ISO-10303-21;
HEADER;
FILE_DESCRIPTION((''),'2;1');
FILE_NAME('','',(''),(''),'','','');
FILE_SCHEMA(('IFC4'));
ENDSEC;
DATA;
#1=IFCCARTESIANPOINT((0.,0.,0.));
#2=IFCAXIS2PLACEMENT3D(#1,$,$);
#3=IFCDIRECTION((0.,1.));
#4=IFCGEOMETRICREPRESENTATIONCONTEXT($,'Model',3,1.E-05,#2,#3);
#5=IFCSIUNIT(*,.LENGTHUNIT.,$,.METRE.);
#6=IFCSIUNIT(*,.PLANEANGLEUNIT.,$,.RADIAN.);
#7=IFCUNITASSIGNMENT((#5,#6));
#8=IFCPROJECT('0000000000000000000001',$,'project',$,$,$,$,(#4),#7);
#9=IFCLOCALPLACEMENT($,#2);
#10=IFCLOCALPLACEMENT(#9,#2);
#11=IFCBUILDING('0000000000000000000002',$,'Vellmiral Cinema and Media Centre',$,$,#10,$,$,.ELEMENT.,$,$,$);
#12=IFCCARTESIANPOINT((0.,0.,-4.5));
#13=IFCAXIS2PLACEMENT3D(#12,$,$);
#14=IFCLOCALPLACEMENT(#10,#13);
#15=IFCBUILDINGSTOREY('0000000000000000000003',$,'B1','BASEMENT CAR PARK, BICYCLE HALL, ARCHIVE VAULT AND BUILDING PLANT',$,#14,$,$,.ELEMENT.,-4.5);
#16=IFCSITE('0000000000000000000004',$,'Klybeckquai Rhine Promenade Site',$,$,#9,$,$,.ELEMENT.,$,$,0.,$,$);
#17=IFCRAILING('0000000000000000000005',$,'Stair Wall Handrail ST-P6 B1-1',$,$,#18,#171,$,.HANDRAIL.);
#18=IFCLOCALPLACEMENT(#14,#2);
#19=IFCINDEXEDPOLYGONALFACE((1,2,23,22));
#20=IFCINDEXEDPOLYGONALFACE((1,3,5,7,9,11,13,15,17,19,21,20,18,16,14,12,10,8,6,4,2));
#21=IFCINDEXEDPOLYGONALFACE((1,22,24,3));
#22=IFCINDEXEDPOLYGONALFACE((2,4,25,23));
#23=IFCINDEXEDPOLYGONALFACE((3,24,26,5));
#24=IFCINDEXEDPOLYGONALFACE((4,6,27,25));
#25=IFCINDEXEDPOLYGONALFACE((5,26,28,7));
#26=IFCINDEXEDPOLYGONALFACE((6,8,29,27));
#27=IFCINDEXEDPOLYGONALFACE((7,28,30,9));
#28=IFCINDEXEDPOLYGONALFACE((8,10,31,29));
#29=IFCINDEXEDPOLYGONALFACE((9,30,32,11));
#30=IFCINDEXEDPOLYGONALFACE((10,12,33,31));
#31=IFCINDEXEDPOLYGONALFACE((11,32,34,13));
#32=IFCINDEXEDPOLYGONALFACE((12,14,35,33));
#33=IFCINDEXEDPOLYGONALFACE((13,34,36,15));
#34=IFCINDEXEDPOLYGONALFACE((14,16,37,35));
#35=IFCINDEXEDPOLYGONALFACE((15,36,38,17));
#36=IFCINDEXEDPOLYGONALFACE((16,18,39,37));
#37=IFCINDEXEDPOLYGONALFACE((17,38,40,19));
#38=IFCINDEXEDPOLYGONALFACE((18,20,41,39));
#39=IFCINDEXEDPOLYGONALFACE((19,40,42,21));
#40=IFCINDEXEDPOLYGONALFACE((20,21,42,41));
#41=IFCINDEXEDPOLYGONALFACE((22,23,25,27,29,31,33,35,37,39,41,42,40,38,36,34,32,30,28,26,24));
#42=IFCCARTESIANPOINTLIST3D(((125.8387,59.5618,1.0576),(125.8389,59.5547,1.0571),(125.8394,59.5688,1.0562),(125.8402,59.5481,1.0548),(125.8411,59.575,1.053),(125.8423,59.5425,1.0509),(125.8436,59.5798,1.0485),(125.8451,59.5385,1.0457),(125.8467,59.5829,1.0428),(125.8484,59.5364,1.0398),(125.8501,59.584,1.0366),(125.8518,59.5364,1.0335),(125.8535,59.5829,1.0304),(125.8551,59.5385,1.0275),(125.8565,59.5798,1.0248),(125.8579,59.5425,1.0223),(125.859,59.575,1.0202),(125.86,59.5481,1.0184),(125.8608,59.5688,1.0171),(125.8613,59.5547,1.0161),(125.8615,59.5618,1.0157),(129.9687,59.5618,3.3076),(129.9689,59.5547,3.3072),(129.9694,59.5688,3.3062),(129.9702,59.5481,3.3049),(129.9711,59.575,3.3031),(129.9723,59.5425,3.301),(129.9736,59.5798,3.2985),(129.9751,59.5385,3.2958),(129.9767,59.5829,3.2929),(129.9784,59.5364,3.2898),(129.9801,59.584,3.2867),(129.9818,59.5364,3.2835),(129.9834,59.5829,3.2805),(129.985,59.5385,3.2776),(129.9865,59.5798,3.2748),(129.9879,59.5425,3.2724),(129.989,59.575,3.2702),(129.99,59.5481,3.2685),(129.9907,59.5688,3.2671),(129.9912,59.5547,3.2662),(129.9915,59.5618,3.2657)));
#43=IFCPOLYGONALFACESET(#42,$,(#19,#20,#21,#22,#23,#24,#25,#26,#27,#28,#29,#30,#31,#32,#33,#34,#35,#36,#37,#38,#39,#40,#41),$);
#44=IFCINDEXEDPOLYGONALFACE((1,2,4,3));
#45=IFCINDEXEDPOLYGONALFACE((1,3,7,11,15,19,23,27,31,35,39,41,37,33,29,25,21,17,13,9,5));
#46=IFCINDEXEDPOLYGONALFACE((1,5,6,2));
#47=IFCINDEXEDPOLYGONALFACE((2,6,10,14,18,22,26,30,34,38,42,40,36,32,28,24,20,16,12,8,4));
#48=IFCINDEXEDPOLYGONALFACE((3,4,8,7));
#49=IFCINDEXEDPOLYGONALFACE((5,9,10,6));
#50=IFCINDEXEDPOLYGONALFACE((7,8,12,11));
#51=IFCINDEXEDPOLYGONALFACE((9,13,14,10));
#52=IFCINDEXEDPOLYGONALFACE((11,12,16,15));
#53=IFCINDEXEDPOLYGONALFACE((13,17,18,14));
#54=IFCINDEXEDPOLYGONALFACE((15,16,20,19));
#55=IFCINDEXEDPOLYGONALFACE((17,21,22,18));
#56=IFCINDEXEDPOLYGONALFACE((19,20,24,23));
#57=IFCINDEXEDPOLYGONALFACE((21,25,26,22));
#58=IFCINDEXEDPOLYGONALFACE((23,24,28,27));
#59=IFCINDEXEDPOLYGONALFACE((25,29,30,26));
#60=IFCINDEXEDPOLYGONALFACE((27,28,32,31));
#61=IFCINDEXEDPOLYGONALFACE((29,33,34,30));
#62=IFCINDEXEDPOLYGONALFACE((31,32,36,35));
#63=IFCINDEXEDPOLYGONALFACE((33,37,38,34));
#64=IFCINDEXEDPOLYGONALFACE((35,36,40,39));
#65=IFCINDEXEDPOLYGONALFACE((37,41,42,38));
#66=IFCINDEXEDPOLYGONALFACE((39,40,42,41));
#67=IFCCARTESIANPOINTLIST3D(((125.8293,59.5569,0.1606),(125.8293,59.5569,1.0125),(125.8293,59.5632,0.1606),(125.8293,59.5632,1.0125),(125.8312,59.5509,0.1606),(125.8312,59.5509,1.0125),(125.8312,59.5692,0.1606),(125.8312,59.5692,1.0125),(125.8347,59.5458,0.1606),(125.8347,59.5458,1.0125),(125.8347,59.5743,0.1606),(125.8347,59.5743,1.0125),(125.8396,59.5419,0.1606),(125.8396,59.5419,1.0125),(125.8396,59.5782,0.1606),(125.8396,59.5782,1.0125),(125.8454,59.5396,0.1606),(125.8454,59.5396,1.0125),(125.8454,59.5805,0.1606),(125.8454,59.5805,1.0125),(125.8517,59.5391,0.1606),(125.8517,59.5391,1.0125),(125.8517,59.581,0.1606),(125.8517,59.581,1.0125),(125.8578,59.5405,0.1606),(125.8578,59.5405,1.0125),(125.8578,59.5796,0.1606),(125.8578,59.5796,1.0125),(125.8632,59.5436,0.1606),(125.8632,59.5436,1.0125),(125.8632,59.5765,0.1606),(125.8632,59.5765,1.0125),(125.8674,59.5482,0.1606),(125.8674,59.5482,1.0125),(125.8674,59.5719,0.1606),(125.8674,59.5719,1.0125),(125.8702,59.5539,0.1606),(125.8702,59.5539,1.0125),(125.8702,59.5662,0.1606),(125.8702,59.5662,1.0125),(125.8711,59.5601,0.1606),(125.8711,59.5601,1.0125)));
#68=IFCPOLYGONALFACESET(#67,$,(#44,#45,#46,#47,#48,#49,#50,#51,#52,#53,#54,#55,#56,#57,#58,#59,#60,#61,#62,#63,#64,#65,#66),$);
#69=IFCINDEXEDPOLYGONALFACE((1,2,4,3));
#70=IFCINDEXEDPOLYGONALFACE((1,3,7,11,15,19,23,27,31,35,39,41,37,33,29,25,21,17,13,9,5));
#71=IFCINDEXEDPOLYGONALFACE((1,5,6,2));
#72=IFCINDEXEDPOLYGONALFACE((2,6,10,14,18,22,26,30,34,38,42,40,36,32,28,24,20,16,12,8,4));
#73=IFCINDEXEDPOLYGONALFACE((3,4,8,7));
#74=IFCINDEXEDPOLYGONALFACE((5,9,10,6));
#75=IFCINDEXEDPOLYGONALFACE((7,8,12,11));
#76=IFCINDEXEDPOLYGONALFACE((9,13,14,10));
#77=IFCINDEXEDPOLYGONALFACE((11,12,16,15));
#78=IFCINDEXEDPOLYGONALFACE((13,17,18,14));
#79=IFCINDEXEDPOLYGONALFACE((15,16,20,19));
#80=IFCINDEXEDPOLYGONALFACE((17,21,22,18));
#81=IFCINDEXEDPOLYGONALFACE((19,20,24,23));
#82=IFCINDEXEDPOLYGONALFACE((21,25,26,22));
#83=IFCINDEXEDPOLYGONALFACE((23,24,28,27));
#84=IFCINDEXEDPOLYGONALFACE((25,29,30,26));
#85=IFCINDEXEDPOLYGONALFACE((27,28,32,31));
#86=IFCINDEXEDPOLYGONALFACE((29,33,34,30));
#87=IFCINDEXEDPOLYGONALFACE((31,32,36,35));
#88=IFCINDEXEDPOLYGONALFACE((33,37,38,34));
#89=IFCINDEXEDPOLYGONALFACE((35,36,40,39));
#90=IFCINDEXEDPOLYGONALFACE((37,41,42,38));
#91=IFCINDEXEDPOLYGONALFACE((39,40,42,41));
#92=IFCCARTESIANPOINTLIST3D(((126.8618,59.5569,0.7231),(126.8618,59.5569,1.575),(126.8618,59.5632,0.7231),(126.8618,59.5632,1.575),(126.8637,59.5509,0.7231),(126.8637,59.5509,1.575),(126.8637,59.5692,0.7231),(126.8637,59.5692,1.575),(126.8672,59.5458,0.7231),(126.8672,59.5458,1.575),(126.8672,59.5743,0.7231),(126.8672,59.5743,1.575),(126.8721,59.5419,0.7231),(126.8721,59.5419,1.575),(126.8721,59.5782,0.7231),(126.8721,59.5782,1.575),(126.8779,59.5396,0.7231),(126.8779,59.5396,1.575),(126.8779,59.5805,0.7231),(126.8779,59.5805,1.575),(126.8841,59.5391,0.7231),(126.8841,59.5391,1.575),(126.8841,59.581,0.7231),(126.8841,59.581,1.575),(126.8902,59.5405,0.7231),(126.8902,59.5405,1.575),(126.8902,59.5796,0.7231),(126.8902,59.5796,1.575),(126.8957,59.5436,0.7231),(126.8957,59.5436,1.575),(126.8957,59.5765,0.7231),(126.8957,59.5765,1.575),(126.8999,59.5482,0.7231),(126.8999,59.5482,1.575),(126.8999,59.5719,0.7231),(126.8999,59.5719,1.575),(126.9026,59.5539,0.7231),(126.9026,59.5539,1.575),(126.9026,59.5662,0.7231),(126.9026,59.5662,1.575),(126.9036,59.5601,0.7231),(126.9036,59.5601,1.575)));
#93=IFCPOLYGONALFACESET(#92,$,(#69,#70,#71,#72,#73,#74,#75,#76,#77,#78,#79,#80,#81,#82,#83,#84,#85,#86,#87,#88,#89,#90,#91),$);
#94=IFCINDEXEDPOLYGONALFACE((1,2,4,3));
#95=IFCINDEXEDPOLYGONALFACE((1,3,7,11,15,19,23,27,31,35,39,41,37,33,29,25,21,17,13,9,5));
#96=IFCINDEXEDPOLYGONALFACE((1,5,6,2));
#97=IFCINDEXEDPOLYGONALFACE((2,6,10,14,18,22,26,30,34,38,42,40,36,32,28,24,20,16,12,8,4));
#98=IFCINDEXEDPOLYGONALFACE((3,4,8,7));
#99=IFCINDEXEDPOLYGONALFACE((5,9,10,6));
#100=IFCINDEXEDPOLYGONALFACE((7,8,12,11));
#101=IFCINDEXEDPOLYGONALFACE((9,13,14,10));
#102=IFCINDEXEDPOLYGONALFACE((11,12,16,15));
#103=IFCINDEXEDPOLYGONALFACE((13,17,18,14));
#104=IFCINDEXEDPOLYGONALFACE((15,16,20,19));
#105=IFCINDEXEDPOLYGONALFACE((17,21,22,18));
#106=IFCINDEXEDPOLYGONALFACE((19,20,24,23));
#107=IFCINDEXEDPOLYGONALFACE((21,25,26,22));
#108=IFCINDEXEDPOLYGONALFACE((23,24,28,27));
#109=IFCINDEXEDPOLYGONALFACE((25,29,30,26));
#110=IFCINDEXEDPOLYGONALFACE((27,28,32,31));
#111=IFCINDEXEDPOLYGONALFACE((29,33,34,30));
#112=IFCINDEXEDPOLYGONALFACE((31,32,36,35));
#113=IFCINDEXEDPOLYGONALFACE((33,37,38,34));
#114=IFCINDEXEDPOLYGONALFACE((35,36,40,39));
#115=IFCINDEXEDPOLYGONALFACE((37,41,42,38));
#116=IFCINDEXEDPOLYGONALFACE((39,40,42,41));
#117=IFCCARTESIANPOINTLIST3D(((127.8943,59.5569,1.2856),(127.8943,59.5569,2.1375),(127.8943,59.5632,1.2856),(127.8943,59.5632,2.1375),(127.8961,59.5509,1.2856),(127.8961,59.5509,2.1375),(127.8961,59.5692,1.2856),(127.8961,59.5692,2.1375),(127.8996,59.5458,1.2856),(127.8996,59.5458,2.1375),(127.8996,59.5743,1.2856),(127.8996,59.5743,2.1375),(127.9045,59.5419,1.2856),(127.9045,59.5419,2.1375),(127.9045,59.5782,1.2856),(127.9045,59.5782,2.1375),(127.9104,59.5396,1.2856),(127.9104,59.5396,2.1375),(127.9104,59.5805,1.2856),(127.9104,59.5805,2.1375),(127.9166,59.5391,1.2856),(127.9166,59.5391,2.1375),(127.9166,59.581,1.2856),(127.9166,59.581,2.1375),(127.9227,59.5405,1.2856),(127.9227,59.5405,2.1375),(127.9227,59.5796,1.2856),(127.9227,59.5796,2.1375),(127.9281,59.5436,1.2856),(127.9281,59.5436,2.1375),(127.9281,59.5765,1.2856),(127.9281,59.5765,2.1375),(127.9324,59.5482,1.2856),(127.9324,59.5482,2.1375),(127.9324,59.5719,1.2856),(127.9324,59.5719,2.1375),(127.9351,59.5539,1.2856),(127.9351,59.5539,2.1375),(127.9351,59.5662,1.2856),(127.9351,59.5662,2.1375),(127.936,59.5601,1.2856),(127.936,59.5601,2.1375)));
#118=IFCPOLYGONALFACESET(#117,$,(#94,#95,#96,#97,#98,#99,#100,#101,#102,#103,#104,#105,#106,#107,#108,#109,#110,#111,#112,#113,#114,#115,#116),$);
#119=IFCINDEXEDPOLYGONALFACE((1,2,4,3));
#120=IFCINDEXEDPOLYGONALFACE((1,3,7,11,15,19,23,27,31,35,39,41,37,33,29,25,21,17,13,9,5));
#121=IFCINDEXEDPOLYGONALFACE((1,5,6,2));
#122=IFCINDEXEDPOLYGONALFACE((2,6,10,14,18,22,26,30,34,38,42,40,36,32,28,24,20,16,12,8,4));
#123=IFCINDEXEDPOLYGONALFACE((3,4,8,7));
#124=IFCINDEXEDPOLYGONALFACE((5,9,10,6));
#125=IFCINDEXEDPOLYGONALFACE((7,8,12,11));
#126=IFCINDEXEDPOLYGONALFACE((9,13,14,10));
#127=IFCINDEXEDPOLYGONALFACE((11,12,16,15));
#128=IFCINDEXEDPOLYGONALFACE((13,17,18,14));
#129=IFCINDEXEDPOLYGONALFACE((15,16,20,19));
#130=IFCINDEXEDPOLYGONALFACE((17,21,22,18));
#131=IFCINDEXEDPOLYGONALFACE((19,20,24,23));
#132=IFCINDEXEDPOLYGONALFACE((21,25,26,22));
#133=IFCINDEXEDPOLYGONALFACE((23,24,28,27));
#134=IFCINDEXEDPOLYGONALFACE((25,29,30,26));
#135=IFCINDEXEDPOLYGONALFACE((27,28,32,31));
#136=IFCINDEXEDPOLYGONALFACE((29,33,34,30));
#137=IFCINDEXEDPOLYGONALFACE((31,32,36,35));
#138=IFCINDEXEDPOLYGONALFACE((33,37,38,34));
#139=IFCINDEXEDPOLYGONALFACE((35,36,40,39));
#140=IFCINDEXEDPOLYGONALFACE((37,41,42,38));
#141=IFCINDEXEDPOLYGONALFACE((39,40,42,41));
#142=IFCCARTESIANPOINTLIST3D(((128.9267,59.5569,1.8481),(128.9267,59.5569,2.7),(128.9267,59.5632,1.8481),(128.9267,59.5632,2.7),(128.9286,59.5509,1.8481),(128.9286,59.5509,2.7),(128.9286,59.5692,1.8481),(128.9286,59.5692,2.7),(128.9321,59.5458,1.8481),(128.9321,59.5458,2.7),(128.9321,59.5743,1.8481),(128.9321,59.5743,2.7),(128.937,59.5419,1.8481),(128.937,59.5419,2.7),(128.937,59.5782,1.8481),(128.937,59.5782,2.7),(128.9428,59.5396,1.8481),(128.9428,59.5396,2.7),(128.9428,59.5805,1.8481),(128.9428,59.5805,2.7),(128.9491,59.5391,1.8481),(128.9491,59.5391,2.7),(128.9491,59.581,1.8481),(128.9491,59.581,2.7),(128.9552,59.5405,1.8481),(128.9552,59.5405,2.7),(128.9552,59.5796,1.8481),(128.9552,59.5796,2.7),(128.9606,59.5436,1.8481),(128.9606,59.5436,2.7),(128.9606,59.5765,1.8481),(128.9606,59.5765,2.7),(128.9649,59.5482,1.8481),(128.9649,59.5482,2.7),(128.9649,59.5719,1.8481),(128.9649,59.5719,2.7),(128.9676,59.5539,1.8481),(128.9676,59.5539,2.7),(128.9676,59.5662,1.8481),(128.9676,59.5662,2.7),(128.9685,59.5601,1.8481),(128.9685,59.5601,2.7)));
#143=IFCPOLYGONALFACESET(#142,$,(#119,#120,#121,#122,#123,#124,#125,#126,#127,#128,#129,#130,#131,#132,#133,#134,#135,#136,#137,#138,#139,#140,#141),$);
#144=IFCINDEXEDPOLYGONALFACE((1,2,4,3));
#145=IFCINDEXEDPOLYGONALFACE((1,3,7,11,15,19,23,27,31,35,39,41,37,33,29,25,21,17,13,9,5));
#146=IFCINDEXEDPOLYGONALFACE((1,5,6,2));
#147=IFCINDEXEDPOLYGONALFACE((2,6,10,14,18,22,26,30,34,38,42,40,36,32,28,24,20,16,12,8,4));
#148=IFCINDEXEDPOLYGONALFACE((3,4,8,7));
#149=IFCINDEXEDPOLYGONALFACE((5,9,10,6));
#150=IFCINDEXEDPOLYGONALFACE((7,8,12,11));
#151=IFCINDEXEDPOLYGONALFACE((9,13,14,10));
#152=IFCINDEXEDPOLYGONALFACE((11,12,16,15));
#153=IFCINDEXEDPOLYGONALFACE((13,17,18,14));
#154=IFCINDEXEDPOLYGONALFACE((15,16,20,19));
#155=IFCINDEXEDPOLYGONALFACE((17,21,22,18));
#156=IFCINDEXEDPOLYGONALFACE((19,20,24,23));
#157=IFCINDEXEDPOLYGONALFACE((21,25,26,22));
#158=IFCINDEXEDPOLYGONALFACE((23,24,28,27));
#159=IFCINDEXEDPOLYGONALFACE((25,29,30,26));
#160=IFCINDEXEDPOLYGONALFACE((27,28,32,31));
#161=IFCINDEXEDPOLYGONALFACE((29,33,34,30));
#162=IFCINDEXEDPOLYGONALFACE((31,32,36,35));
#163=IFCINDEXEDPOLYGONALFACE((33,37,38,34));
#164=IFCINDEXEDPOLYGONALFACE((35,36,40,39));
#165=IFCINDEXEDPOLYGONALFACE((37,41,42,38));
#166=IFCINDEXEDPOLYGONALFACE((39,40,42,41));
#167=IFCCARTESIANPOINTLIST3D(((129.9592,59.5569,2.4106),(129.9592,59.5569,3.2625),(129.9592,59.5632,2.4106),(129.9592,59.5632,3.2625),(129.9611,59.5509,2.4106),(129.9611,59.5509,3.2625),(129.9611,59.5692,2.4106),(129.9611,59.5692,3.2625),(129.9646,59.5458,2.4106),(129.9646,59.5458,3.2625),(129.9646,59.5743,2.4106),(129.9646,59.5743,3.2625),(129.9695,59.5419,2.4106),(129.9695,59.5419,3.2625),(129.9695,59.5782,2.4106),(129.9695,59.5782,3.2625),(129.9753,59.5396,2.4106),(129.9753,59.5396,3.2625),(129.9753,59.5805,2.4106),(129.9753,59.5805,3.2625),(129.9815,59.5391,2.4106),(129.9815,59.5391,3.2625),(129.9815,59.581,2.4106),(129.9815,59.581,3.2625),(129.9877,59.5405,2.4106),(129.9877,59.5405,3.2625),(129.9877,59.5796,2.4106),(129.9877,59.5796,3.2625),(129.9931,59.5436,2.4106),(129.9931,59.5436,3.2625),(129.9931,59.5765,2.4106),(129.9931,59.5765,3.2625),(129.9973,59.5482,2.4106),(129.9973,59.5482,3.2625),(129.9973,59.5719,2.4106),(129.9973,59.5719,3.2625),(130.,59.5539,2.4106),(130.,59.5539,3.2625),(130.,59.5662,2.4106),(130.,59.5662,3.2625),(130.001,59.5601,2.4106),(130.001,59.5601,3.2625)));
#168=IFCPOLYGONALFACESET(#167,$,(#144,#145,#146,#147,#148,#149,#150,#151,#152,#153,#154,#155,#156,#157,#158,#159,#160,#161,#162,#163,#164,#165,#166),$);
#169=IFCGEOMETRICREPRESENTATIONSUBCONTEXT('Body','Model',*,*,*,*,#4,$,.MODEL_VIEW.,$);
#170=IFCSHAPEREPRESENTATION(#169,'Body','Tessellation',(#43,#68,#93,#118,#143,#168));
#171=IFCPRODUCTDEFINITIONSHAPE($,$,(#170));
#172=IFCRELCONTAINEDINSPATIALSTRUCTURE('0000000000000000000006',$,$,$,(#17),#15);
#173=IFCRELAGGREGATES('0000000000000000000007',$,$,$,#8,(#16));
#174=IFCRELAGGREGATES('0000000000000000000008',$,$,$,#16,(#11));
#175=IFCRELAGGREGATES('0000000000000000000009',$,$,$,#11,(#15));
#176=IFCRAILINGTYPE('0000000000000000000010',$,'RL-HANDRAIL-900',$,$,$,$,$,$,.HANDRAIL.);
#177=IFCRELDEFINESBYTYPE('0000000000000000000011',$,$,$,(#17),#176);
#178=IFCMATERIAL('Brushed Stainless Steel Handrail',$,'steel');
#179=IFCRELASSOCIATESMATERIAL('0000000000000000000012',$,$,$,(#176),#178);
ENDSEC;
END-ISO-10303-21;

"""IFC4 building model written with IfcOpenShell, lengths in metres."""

from ifc_helpers import new_model, si_unit, direction, frame, origin, origin_2d, place, context, subcontext, project, spatial, circle, extrude, material, type_object, element, save


model = new_model("IFC4")

# Units and contexts
model_context = context("Model", 3, precision=1e-05, world=origin(), true_north=direction((0.0, 1.0)))
body_context = subcontext(model_context, "Body", "Model", "MODEL_VIEW")
ifc_project = project(units=[si_unit("LENGTHUNIT", "METRE"), si_unit("PLANEANGLEUNIT", "RADIAN")], contexts=[model_context])

# Site, building, storey
site_placement = place(None, origin())
site = spatial("IfcSite", under=ifc_project, at=site_placement, Name="Klybeckquai Rhine Promenade Site", CompositionType="ELEMENT", RefElevation=0.0)
building_placement = place(site_placement, origin())
building = spatial("IfcBuilding", under=site, at=building_placement, Name="Vellmiral Cinema and Media Centre", CompositionType="ELEMENT")
storey_placement = place(building_placement, frame((0.0, 0.0, -4.5)))
storey = spatial("IfcBuildingStorey", under=building, at=storey_placement, Name="B1", Description="BASEMENT CAR PARK, BICYCLE HALL, ARCHIVE VAULT AND BUILDING PLANT", CompositionType="ELEMENT", Elevation=-4.5)

# Railing
ifc_material_1 = material(Name="Brushed Stainless Steel Handrail", Category="steel")
railing_type = type_object("IfcRailingType", Name="RL-HANDRAIL-900", PredefinedType="HANDRAIL", material=ifc_material_1)
railing_placement = place(storey_placement, frame((125.8501, 59.5601, 0.1606)))
element("IfcRailing", 1, at=railing_placement, inside=storey, type_object=railing_type, Name="Stair Wall Handrail ST-P6 B1-1", PredefinedType="HANDRAIL", context=body_context, shape_type="SweptSolid", body=[
    extrude(circle(Radius=0.0239, at=origin_2d()), frame((0.0, 0.0, 0.876), z_axis=(0.878134, 0.0, 0.478416), x_axis=(0.0, 1.0, 0.0)), (0.0, 0.0, 1.0), 4.7031),
    extrude(circle(Radius=0.021, at=origin_2d()), origin(), (0.0, 0.0, 1.0), 0.8518),
    extrude(circle(Radius=0.021, at=origin_2d()), frame((1.0325, 0.0, 0.5625)), (0.0, 0.0, 1.0), 0.8518),
    extrude(circle(Radius=0.021, at=origin_2d()), frame((2.0649, 0.0, 1.125)), (0.0, 0.0, 1.0), 0.8518),
    extrude(circle(Radius=0.021, at=origin_2d()), frame((3.0974, 0.0, 1.6875)), (0.0, 0.0, 1.0), 0.8518),
    extrude(circle(Radius=0.021, at=origin_2d()), frame((4.1299, 0.0, 2.25)), (0.0, 0.0, 1.0), 0.8518),
])

save(model, "model.ifc")
